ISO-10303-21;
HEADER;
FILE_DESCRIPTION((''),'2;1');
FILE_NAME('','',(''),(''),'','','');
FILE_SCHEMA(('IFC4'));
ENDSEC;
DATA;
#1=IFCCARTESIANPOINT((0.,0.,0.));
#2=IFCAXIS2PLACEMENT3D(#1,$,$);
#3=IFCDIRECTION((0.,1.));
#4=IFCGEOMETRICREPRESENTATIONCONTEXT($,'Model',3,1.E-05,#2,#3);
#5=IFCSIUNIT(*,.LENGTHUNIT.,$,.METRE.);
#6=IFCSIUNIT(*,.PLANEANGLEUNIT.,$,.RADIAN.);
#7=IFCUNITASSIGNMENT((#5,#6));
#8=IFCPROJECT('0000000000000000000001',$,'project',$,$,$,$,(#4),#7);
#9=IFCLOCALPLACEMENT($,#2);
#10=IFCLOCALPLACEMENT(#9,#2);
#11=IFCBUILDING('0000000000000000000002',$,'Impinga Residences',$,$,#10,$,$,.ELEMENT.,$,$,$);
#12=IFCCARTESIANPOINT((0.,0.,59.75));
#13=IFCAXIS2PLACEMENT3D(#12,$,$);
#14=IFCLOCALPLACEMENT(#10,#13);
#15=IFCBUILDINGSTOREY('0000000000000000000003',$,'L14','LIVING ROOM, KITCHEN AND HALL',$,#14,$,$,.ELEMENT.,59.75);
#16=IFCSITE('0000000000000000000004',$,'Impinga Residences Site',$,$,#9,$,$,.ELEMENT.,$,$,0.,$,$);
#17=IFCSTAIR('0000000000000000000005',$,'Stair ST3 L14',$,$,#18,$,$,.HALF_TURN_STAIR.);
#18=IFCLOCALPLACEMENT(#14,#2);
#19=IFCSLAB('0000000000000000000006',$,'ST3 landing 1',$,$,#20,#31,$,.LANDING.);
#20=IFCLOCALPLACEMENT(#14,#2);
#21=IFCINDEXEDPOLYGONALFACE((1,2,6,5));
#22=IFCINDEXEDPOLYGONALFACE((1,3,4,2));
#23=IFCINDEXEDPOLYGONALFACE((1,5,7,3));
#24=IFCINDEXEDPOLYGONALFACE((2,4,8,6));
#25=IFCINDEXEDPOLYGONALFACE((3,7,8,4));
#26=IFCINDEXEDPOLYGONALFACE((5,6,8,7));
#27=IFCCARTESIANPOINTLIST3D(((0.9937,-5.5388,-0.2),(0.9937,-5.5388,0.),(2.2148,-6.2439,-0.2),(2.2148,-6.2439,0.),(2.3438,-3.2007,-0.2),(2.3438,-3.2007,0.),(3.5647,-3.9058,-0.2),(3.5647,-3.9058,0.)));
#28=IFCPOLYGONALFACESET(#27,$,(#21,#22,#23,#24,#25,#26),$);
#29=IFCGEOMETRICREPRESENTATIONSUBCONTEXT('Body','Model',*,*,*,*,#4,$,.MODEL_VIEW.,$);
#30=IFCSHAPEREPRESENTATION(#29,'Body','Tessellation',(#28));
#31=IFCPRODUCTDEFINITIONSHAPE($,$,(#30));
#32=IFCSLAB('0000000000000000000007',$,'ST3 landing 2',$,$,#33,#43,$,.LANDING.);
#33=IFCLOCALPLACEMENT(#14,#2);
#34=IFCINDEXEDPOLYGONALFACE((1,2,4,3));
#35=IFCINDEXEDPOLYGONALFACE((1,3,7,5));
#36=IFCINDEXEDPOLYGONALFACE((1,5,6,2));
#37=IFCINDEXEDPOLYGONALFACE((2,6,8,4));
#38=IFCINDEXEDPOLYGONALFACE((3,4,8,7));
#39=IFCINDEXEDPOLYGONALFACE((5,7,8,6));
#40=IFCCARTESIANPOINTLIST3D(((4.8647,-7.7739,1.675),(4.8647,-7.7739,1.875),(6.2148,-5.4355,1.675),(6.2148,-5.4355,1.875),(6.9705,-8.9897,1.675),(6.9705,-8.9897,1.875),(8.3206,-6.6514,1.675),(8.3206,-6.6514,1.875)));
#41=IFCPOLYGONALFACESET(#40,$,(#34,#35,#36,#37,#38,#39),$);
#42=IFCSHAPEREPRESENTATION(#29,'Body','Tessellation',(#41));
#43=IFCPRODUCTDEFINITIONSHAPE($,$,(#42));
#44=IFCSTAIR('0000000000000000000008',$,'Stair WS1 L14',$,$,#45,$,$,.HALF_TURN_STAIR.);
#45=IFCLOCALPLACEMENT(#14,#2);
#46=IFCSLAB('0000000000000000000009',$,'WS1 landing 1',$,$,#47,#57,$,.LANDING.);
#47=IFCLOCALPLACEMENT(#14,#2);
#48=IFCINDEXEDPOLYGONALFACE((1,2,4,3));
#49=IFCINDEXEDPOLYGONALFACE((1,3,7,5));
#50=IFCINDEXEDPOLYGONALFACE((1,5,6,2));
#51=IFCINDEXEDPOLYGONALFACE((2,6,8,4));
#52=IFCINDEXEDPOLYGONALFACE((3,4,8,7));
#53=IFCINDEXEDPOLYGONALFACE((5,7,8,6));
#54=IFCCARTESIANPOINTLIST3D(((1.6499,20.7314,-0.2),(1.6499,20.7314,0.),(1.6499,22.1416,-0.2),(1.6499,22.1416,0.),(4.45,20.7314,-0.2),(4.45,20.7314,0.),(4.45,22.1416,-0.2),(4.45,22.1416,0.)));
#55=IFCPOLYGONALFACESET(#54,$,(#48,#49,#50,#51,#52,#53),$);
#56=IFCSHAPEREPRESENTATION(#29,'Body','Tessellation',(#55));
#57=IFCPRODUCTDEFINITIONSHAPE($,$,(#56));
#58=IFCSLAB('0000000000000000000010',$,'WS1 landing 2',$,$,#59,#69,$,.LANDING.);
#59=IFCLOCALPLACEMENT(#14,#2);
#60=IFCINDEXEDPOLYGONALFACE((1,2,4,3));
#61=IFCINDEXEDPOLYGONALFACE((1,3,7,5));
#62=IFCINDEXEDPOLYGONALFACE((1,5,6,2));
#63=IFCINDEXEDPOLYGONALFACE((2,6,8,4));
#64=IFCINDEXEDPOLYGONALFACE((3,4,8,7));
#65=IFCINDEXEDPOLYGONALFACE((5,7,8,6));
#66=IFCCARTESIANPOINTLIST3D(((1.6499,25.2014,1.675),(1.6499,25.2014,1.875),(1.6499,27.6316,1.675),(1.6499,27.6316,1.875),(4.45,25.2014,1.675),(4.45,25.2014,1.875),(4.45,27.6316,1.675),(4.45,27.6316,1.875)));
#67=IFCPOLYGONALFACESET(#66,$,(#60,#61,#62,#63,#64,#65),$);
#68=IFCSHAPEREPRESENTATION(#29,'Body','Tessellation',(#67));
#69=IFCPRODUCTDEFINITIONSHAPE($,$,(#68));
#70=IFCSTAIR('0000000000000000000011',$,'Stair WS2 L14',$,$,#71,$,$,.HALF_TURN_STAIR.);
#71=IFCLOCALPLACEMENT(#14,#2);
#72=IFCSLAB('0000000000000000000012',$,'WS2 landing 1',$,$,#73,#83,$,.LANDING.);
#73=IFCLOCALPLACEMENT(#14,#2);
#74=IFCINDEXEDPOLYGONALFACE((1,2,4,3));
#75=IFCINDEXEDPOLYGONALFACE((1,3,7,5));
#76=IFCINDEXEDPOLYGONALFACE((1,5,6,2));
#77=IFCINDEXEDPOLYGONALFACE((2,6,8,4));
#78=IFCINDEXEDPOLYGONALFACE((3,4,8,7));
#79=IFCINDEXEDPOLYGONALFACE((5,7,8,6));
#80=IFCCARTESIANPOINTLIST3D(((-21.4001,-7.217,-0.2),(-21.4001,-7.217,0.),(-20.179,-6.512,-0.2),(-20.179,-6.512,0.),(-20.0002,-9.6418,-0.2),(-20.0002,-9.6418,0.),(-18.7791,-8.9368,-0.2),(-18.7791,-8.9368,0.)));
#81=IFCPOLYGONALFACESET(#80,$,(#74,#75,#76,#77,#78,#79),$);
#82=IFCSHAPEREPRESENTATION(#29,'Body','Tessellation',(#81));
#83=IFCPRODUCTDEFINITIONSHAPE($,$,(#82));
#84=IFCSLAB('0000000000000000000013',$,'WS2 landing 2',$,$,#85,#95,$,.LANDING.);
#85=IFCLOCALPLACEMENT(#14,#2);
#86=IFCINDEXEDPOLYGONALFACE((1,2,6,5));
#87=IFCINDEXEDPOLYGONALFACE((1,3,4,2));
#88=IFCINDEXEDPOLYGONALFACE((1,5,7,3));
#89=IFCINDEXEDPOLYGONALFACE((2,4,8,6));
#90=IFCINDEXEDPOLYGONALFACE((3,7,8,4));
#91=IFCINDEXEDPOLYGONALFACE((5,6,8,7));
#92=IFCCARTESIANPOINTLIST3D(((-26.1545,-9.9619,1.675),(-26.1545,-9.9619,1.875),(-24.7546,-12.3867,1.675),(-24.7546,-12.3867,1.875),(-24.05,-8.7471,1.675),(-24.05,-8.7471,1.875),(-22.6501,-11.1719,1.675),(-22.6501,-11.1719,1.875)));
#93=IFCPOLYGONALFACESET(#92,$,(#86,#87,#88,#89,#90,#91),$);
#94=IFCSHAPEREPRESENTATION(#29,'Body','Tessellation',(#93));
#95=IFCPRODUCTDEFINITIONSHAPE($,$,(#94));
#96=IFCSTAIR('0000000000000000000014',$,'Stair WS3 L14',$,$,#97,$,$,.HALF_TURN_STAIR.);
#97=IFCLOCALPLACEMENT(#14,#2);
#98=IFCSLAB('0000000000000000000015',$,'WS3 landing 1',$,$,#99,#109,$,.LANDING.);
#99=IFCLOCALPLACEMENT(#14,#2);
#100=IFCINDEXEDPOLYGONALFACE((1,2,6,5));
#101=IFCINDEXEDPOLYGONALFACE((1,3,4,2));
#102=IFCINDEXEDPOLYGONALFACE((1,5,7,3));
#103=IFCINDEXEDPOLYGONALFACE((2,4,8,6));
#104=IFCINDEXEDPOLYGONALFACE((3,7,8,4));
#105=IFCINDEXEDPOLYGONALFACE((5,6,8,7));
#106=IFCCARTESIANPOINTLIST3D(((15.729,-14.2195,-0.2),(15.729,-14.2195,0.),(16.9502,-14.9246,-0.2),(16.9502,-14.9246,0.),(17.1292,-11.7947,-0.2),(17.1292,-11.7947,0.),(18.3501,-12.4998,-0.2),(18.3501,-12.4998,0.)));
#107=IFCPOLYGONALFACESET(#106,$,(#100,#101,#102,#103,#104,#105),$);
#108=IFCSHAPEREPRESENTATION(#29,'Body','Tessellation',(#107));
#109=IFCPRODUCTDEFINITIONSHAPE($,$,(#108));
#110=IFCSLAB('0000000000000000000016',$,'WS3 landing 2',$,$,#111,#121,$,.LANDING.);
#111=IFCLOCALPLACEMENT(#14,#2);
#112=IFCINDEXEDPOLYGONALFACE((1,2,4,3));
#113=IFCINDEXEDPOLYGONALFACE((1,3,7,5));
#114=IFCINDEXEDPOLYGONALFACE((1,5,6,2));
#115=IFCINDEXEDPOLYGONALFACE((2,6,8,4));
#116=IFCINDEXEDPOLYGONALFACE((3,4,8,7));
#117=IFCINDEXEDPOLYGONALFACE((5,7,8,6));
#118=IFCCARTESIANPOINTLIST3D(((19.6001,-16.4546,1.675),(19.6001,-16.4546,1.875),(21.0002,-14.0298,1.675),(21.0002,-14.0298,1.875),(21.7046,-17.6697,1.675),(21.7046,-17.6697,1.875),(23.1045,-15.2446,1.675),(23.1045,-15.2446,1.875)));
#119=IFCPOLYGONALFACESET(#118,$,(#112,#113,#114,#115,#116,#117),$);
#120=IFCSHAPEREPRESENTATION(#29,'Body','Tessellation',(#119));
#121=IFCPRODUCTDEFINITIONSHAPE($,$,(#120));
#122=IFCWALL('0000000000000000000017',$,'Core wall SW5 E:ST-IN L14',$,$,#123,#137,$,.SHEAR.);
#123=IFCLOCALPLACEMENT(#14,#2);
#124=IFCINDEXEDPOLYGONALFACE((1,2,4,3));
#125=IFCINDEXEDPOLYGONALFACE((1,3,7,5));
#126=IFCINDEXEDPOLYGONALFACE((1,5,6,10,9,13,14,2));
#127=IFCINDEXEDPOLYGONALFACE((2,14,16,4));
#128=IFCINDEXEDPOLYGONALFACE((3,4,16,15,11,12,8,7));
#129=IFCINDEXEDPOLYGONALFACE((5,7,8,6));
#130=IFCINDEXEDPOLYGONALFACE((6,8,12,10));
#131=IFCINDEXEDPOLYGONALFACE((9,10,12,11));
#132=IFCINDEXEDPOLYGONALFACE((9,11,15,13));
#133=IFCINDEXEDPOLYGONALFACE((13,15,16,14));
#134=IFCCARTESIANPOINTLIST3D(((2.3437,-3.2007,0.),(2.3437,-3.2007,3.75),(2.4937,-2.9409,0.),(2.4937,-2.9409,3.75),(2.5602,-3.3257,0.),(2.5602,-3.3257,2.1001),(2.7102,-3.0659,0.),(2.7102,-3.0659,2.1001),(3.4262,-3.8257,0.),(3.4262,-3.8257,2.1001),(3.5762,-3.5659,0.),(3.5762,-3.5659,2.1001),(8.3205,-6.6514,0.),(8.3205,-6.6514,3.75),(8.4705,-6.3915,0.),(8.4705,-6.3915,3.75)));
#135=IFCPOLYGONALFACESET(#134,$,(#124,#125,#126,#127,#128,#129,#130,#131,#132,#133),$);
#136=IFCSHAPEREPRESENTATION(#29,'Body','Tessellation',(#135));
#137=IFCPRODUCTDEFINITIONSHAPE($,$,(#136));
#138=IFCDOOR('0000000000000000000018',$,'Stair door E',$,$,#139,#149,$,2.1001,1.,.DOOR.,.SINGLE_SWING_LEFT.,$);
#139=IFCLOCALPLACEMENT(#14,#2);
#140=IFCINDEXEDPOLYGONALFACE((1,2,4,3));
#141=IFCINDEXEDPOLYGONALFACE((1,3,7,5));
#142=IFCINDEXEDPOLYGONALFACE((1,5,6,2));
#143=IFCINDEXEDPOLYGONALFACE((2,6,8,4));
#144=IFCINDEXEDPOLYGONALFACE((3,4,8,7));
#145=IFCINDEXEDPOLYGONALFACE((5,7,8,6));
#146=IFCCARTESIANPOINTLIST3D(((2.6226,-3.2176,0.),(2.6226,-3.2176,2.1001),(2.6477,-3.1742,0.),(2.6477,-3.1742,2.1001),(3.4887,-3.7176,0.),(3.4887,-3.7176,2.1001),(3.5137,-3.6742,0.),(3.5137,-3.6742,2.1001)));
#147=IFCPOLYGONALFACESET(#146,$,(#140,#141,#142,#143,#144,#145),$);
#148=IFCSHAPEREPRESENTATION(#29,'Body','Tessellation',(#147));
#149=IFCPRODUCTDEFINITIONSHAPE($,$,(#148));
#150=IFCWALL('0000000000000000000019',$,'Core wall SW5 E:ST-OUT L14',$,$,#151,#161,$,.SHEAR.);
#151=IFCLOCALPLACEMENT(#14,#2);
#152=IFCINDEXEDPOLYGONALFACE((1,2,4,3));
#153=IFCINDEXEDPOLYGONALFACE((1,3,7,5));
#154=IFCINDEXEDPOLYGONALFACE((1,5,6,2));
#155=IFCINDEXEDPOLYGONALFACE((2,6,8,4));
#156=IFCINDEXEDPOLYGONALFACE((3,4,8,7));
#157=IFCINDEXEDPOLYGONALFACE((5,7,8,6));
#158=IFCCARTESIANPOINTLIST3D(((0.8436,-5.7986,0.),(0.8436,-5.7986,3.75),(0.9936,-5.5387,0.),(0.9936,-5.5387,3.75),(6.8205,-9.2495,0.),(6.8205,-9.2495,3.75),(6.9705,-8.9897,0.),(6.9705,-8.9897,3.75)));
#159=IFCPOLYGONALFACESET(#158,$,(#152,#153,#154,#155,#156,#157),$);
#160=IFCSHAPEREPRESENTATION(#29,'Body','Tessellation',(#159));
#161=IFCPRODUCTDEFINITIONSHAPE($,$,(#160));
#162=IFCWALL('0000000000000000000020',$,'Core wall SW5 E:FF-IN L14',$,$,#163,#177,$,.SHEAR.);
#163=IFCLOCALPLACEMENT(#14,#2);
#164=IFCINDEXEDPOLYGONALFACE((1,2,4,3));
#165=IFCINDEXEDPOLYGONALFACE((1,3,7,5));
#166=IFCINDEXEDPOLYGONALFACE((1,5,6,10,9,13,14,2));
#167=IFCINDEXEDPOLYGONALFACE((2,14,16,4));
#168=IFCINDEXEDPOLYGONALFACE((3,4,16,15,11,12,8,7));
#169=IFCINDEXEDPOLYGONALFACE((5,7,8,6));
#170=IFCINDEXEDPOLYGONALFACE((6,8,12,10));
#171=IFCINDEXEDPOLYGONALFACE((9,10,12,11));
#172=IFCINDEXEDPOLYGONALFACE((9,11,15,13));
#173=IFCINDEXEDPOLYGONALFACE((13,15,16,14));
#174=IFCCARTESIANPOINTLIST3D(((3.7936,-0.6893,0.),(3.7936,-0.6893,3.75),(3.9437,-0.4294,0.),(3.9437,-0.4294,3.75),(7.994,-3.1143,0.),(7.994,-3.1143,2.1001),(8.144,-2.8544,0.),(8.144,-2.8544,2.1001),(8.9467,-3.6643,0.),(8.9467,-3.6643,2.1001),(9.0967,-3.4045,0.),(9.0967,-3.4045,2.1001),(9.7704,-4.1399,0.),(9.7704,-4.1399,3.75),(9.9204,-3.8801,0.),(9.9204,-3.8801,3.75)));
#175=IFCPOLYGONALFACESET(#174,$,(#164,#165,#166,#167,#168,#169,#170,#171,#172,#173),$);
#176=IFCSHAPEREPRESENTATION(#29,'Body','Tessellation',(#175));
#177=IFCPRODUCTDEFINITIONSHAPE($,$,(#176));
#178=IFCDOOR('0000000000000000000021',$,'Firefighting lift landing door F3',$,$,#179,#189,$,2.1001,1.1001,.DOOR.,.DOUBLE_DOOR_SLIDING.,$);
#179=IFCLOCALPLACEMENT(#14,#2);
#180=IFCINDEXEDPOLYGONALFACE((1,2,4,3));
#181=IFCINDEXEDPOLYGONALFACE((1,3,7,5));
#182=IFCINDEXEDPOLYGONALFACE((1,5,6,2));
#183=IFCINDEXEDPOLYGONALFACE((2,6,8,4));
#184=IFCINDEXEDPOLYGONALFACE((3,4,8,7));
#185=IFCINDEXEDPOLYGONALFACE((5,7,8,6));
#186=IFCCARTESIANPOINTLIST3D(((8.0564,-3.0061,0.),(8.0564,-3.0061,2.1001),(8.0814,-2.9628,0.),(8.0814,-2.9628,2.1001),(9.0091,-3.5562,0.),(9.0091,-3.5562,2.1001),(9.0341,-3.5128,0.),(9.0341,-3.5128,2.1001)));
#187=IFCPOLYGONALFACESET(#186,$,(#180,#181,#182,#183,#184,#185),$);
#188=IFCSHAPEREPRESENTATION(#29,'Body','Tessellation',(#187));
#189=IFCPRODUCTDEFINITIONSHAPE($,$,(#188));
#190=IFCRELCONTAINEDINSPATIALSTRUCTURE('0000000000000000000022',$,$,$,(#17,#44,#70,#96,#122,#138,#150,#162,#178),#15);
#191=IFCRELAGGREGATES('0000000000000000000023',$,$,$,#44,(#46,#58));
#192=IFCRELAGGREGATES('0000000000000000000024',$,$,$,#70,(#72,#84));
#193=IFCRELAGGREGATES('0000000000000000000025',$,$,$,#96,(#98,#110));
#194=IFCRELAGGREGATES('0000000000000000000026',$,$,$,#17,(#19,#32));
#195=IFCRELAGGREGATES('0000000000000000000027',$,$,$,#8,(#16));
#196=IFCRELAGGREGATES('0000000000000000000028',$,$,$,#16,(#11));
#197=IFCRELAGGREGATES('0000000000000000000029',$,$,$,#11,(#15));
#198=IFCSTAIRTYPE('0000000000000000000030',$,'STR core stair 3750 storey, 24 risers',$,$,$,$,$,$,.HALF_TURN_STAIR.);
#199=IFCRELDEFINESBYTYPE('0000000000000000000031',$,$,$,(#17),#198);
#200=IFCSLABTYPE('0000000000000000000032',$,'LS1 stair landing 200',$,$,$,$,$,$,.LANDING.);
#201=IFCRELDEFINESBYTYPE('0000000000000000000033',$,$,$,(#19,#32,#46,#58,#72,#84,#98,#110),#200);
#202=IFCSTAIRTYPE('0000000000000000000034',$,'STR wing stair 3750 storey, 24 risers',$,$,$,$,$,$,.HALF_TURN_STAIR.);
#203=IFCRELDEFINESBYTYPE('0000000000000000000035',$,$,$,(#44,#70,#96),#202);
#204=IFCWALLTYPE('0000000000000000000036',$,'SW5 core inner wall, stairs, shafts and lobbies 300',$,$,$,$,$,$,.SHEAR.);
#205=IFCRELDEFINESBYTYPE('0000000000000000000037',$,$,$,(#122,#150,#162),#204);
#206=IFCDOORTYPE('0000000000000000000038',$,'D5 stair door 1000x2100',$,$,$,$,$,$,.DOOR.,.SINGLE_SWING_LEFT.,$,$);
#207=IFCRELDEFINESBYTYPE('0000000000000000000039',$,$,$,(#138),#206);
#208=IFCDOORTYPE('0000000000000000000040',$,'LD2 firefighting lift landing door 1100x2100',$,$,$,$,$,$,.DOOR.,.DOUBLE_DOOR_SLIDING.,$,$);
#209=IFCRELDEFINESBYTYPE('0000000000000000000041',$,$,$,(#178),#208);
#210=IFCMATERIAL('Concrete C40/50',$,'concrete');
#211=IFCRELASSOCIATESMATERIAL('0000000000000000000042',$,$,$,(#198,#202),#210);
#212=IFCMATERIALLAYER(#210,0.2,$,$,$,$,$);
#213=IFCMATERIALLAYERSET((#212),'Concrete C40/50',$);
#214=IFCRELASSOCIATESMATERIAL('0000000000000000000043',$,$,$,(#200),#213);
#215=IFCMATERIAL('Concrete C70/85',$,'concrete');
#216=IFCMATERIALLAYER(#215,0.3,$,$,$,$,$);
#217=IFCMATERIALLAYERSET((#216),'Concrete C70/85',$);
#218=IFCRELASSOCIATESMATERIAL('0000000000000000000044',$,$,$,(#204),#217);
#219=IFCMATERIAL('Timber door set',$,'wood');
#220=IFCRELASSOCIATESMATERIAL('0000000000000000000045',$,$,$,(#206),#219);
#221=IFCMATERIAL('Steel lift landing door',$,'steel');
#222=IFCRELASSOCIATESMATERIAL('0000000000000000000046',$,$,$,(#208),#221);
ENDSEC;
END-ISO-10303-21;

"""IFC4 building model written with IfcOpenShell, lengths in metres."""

from ifc_helpers import new_model, si_unit, direction, frame, frame_2d, origin, place, context, subcontext, project, spatial, polyline, rectangle, outline, extrude, material, layer, layer_set, type_object, element, fill, aggregate, save


model = new_model("IFC4")

# Units and contexts
model_context = context("Model", 3, precision=1e-05, world=origin(), true_north=direction((0.0, 1.0)))
body_context = subcontext(model_context, "Body", "Model", "MODEL_VIEW")
ifc_project = project(units=[si_unit("LENGTHUNIT", "METRE"), si_unit("PLANEANGLEUNIT", "RADIAN")], contexts=[model_context])

# Site, building, storey
site_placement = place(None, origin())
site = spatial("IfcSite", under=ifc_project, at=site_placement, Name="Impinga Residences Site", CompositionType="ELEMENT", RefElevation=0.0)
building_placement = place(site_placement, origin())
building = spatial("IfcBuilding", under=site, at=building_placement, Name="Impinga Residences", CompositionType="ELEMENT")
storey_placement = place(building_placement, frame((0.0, 0.0, 59.75)))
storey = spatial("IfcBuildingStorey", under=building, at=storey_placement, Name="L14", Description="LIVING ROOM, KITCHEN AND HALL", CompositionType="ELEMENT", Elevation=59.75)

# Stairs, slabs
ifc_material_1 = material(Name="Concrete C40/50", Category="concrete")
stair_type_1 = type_object("IfcStairType", Name="STR core stair 3750 storey, 24 risers", PredefinedType="HALF_TURN_STAIR", material=ifc_material_1)
stair_1_placement = place(storey_placement, origin())
stair_1 = element("IfcStair", 1, at=stair_1_placement, inside=storey, type_object=stair_type_1, Name="Stair ST3 L14", PredefinedType="HALF_TURN_STAIR")
ifc_layer_1 = layer(ifc_material_1, 0.2)
ifc_layer_set_1 = layer_set([ifc_layer_1], Name="Concrete C40/50")
slab_type = type_object("IfcSlabType", Name="LS1 stair landing 200", PredefinedType="LANDING", material=ifc_layer_set_1)
slab_1_placement = place(storey_placement, frame((0.0, 0.0, -0.2)))
slab_1 = element("IfcSlab", 2, at=slab_1_placement, type_object=slab_type, Name="ST3 landing 1", PredefinedType="LANDING", context=body_context, shape_type="SweptSolid", body=[
    extrude(outline(polyline([(2.3438, -3.2007), (0.9937, -5.5388), (2.2148, -6.2439), (3.5647, -3.9058), (2.3438, -3.2007)])), origin(), (0.0, 0.0, 1.0), 0.2),
])
slab_2_placement = place(storey_placement, frame((0.0, 0.0, 1.675)))
slab_2 = element("IfcSlab", 3, at=slab_2_placement, type_object=slab_type, Name="ST3 landing 2", PredefinedType="LANDING", context=body_context, shape_type="SweptSolid", body=[
    extrude(outline(polyline([(6.2148, -5.4355), (4.8647, -7.7739), (6.9705, -8.9897), (8.3206, -6.6514), (6.2148, -5.4355)])), origin(), (0.0, 0.0, 1.0), 0.2),
])
stair_type_2 = type_object("IfcStairType", Name="STR wing stair 3750 storey, 24 risers", PredefinedType="HALF_TURN_STAIR", material=ifc_material_1)
stair_2_placement = place(storey_placement, origin())
stair_2 = element("IfcStair", 4, at=stair_2_placement, inside=storey, type_object=stair_type_2, Name="Stair WS1 L14", PredefinedType="HALF_TURN_STAIR")
slab_3_placement = place(storey_placement, frame((0.0, 0.0, -0.2)))
slab_3 = element("IfcSlab", 5, at=slab_3_placement, type_object=slab_type, Name="WS1 landing 1", PredefinedType="LANDING", context=body_context, shape_type="SweptSolid", body=[
    extrude(outline(polyline([(1.6499, 20.7314), (4.45, 20.7314), (4.45, 22.1416), (1.6499, 22.1416), (1.6499, 20.7314)])), origin(), (0.0, 0.0, 1.0), 0.2),
])
slab_4_placement = place(storey_placement, frame((0.0, 0.0, 1.675)))
slab_4 = element("IfcSlab", 6, at=slab_4_placement, type_object=slab_type, Name="WS1 landing 2", PredefinedType="LANDING", context=body_context, shape_type="SweptSolid", body=[
    extrude(outline(polyline([(1.6499, 25.2014), (4.45, 25.2014), (4.45, 27.6316), (1.6499, 27.6316), (1.6499, 25.2014)])), origin(), (0.0, 0.0, 1.0), 0.2),
])
aggregate(stair_2, [slab_3, slab_4])
stair_3_placement = place(storey_placement, origin())
stair_3 = element("IfcStair", 7, at=stair_3_placement, inside=storey, type_object=stair_type_2, Name="Stair WS2 L14", PredefinedType="HALF_TURN_STAIR")
slab_5_placement = place(storey_placement, frame((0.0, 0.0, -0.2)))
slab_5 = element("IfcSlab", 8, at=slab_5_placement, type_object=slab_type, Name="WS2 landing 1", PredefinedType="LANDING", context=body_context, shape_type="SweptSolid", body=[
    extrude(outline(polyline([(-18.7791, -8.9368), (-20.179, -6.512), (-21.4001, -7.217), (-20.0002, -9.6418), (-18.7791, -8.9368)])), origin(), (0.0, 0.0, 1.0), 0.2),
])
slab_6_placement = place(storey_placement, frame((0.0, 0.0, 1.675)))
slab_6 = element("IfcSlab", 9, at=slab_6_placement, type_object=slab_type, Name="WS2 landing 2", PredefinedType="LANDING", context=body_context, shape_type="SweptSolid", body=[
    extrude(outline(polyline([(-22.6501, -11.1719), (-24.05, -8.7471), (-26.1545, -9.9619), (-24.7546, -12.3867), (-22.6501, -11.1719)])), origin(), (0.0, 0.0, 1.0), 0.2),
])
aggregate(stair_3, [slab_5, slab_6])
stair_4_placement = place(storey_placement, origin())
stair_4 = element("IfcStair", 10, at=stair_4_placement, inside=storey, type_object=stair_type_2, Name="Stair WS3 L14", PredefinedType="HALF_TURN_STAIR")
slab_7_placement = place(storey_placement, frame((0.0, 0.0, -0.2)))
slab_7 = element("IfcSlab", 11, at=slab_7_placement, type_object=slab_type, Name="WS3 landing 1", PredefinedType="LANDING", context=body_context, shape_type="SweptSolid", body=[
    extrude(outline(polyline([(17.1292, -11.7947), (15.729, -14.2195), (16.9502, -14.9246), (18.3501, -12.4998), (17.1292, -11.7947)])), origin(), (0.0, 0.0, 1.0), 0.2),
])
slab_8_placement = place(storey_placement, frame((0.0, 0.0, 1.675)))
slab_8 = element("IfcSlab", 12, at=slab_8_placement, type_object=slab_type, Name="WS3 landing 2", PredefinedType="LANDING", context=body_context, shape_type="SweptSolid", body=[
    extrude(outline(polyline([(21.0002, -14.0298), (19.6001, -16.4546), (21.7046, -17.6697), (23.1045, -15.2446), (21.0002, -14.0298)])), origin(), (0.0, 0.0, 1.0), 0.2),
])
aggregate(stair_4, [slab_7, slab_8])

# Wall, opening, door
ifc_material_2 = material(Name="Concrete C70/85", Category="concrete")
ifc_layer_2 = layer(ifc_material_2, 0.3)
ifc_layer_set_2 = layer_set([ifc_layer_2], Name="Concrete C70/85")
wall_type = type_object("IfcWallType", Name="SW5 core inner wall, stairs, shafts and lobbies 300", PredefinedType="SHEAR", material=ifc_layer_set_2)
wall_1_placement = place(storey_placement, frame((2.4187, -3.0708, 0.0), z_axis=(0.0, 0.0, 1.0), x_axis=(0.866027, -0.499997, 0.0)))
wall_1 = element("IfcWall", 13, at=wall_1_placement, inside=storey, type_object=wall_type, Name="Core wall SW5 E:ST-IN L14", PredefinedType="SHEAR", context=body_context, shape_type="SweptSolid", body=[
    extrude(rectangle(XDim=6.9014, YDim=0.3, at=frame_2d((3.4507, 0.0))), origin(), (0.0, 0.0, 1.0), 3.75),
])
opening_1_placement = place(wall_1_placement, frame((0.25, 0.0, 0.0)))
opening_1 = element("IfcOpeningElement", 14, at=opening_1_placement, cuts=wall_1, PredefinedType="OPENING", context=body_context, shape_type="SweptSolid", body=[
    extrude(rectangle(XDim=1.0, YDim=2.1001, at=frame_2d((0.5, 1.05))), frame((0.0, 0.1599, 0.0), z_axis=(0.0, -1.0, 0.0), x_axis=(1.0, 0.0, 0.0)), (0.0, 0.0, 1.0), 0.3201),
])
ifc_material_3 = material(Name="Timber door set", Category="wood")
door_type_1 = type_object("IfcDoorType", Name="D5 stair door 1000x2100", OperationType="SINGLE_SWING_LEFT", PredefinedType="DOOR", material=ifc_material_3)
door_1_placement = place(opening_1_placement, origin())
door_1 = element("IfcDoor", 15, at=door_1_placement, inside=storey, type_object=door_type_1, Name="Stair door E", OperationType="SINGLE_SWING_LEFT", OverallHeight=2.1001, OverallWidth=1.0, PredefinedType="DOOR", context=body_context, shape_type="SweptSolid", body=[
    extrude(rectangle(XDim=1.0, YDim=2.1001, at=frame_2d((0.5, 1.05))), frame((0.0, 0.0249, 0.0), z_axis=(0.0, -1.0, 0.0), x_axis=(1.0, 0.0, 0.0)), (0.0, 0.0, 1.0), 0.05),
])
fill(opening_1, door_1)

# Wall
wall_2_placement = place(storey_placement, frame((0.9187, -5.6687, 0.0), z_axis=(0.0, 0.0, 1.0), x_axis=(0.866012, -0.500024, 0.0)))
element("IfcWall", 16, at=wall_2_placement, inside=storey, type_object=wall_type, Name="Core wall SW5 E:ST-OUT L14", PredefinedType="SHEAR", context=body_context, shape_type="SweptSolid", body=[
    extrude(rectangle(XDim=6.9016, YDim=0.3, at=frame_2d((3.4507, 0.0))), origin(), (0.0, 0.0, 1.0), 3.75),
])

# Wall, opening, door
wall_3_placement = place(storey_placement, frame((3.8687, -0.5593, 0.0), z_axis=(0.0, 0.0, 1.0), x_axis=(0.866027, -0.499997, 0.0)))
wall_3 = element("IfcWall", 17, at=wall_3_placement, inside=storey, type_object=wall_type, Name="Core wall SW5 E:FF-IN L14", PredefinedType="SHEAR", context=body_context, shape_type="SweptSolid", body=[
    extrude(rectangle(XDim=6.9014, YDim=0.3, at=frame_2d((3.4507, 0.0))), origin(), (0.0, 0.0, 1.0), 3.75),
])
opening_2_placement = place(wall_3_placement, frame((4.8501, 0.0, 0.0)))
opening_2 = element("IfcOpeningElement", 18, at=opening_2_placement, cuts=wall_3, PredefinedType="OPENING", context=body_context, shape_type="SweptSolid", body=[
    extrude(rectangle(XDim=1.1001, YDim=2.1001, at=frame_2d((0.55, 1.05))), frame((0.0, 0.1599, 0.0), z_axis=(0.0, -1.0, 0.0), x_axis=(1.0, 0.0, 0.0)), (0.0, 0.0, 1.0), 0.3201),
])
ifc_material_4 = material(Name="Steel lift landing door", Category="steel")
door_type_2 = type_object("IfcDoorType", Name="LD2 firefighting lift landing door 1100x2100", OperationType="DOUBLE_DOOR_SLIDING", PredefinedType="DOOR", material=ifc_material_4)
door_2_placement = place(opening_2_placement, origin())
door_2 = element("IfcDoor", 19, at=door_2_placement, inside=storey, type_object=door_type_2, Name="Firefighting lift landing door F3", OperationType="DOUBLE_DOOR_SLIDING", OverallHeight=2.1001, OverallWidth=1.1001, PredefinedType="DOOR", context=body_context, shape_type="SweptSolid", body=[
    extrude(rectangle(XDim=1.1001, YDim=2.1001, at=frame_2d((0.55, 1.05))), frame((0.0, 0.0249, 0.0), z_axis=(0.0, -1.0, 0.0), x_axis=(1.0, 0.0, 0.0)), (0.0, 0.0, 1.0), 0.05),
])
fill(opening_2, door_2)

aggregate(stair_1, [slab_1, slab_2])

save(model, "model.ifc")
